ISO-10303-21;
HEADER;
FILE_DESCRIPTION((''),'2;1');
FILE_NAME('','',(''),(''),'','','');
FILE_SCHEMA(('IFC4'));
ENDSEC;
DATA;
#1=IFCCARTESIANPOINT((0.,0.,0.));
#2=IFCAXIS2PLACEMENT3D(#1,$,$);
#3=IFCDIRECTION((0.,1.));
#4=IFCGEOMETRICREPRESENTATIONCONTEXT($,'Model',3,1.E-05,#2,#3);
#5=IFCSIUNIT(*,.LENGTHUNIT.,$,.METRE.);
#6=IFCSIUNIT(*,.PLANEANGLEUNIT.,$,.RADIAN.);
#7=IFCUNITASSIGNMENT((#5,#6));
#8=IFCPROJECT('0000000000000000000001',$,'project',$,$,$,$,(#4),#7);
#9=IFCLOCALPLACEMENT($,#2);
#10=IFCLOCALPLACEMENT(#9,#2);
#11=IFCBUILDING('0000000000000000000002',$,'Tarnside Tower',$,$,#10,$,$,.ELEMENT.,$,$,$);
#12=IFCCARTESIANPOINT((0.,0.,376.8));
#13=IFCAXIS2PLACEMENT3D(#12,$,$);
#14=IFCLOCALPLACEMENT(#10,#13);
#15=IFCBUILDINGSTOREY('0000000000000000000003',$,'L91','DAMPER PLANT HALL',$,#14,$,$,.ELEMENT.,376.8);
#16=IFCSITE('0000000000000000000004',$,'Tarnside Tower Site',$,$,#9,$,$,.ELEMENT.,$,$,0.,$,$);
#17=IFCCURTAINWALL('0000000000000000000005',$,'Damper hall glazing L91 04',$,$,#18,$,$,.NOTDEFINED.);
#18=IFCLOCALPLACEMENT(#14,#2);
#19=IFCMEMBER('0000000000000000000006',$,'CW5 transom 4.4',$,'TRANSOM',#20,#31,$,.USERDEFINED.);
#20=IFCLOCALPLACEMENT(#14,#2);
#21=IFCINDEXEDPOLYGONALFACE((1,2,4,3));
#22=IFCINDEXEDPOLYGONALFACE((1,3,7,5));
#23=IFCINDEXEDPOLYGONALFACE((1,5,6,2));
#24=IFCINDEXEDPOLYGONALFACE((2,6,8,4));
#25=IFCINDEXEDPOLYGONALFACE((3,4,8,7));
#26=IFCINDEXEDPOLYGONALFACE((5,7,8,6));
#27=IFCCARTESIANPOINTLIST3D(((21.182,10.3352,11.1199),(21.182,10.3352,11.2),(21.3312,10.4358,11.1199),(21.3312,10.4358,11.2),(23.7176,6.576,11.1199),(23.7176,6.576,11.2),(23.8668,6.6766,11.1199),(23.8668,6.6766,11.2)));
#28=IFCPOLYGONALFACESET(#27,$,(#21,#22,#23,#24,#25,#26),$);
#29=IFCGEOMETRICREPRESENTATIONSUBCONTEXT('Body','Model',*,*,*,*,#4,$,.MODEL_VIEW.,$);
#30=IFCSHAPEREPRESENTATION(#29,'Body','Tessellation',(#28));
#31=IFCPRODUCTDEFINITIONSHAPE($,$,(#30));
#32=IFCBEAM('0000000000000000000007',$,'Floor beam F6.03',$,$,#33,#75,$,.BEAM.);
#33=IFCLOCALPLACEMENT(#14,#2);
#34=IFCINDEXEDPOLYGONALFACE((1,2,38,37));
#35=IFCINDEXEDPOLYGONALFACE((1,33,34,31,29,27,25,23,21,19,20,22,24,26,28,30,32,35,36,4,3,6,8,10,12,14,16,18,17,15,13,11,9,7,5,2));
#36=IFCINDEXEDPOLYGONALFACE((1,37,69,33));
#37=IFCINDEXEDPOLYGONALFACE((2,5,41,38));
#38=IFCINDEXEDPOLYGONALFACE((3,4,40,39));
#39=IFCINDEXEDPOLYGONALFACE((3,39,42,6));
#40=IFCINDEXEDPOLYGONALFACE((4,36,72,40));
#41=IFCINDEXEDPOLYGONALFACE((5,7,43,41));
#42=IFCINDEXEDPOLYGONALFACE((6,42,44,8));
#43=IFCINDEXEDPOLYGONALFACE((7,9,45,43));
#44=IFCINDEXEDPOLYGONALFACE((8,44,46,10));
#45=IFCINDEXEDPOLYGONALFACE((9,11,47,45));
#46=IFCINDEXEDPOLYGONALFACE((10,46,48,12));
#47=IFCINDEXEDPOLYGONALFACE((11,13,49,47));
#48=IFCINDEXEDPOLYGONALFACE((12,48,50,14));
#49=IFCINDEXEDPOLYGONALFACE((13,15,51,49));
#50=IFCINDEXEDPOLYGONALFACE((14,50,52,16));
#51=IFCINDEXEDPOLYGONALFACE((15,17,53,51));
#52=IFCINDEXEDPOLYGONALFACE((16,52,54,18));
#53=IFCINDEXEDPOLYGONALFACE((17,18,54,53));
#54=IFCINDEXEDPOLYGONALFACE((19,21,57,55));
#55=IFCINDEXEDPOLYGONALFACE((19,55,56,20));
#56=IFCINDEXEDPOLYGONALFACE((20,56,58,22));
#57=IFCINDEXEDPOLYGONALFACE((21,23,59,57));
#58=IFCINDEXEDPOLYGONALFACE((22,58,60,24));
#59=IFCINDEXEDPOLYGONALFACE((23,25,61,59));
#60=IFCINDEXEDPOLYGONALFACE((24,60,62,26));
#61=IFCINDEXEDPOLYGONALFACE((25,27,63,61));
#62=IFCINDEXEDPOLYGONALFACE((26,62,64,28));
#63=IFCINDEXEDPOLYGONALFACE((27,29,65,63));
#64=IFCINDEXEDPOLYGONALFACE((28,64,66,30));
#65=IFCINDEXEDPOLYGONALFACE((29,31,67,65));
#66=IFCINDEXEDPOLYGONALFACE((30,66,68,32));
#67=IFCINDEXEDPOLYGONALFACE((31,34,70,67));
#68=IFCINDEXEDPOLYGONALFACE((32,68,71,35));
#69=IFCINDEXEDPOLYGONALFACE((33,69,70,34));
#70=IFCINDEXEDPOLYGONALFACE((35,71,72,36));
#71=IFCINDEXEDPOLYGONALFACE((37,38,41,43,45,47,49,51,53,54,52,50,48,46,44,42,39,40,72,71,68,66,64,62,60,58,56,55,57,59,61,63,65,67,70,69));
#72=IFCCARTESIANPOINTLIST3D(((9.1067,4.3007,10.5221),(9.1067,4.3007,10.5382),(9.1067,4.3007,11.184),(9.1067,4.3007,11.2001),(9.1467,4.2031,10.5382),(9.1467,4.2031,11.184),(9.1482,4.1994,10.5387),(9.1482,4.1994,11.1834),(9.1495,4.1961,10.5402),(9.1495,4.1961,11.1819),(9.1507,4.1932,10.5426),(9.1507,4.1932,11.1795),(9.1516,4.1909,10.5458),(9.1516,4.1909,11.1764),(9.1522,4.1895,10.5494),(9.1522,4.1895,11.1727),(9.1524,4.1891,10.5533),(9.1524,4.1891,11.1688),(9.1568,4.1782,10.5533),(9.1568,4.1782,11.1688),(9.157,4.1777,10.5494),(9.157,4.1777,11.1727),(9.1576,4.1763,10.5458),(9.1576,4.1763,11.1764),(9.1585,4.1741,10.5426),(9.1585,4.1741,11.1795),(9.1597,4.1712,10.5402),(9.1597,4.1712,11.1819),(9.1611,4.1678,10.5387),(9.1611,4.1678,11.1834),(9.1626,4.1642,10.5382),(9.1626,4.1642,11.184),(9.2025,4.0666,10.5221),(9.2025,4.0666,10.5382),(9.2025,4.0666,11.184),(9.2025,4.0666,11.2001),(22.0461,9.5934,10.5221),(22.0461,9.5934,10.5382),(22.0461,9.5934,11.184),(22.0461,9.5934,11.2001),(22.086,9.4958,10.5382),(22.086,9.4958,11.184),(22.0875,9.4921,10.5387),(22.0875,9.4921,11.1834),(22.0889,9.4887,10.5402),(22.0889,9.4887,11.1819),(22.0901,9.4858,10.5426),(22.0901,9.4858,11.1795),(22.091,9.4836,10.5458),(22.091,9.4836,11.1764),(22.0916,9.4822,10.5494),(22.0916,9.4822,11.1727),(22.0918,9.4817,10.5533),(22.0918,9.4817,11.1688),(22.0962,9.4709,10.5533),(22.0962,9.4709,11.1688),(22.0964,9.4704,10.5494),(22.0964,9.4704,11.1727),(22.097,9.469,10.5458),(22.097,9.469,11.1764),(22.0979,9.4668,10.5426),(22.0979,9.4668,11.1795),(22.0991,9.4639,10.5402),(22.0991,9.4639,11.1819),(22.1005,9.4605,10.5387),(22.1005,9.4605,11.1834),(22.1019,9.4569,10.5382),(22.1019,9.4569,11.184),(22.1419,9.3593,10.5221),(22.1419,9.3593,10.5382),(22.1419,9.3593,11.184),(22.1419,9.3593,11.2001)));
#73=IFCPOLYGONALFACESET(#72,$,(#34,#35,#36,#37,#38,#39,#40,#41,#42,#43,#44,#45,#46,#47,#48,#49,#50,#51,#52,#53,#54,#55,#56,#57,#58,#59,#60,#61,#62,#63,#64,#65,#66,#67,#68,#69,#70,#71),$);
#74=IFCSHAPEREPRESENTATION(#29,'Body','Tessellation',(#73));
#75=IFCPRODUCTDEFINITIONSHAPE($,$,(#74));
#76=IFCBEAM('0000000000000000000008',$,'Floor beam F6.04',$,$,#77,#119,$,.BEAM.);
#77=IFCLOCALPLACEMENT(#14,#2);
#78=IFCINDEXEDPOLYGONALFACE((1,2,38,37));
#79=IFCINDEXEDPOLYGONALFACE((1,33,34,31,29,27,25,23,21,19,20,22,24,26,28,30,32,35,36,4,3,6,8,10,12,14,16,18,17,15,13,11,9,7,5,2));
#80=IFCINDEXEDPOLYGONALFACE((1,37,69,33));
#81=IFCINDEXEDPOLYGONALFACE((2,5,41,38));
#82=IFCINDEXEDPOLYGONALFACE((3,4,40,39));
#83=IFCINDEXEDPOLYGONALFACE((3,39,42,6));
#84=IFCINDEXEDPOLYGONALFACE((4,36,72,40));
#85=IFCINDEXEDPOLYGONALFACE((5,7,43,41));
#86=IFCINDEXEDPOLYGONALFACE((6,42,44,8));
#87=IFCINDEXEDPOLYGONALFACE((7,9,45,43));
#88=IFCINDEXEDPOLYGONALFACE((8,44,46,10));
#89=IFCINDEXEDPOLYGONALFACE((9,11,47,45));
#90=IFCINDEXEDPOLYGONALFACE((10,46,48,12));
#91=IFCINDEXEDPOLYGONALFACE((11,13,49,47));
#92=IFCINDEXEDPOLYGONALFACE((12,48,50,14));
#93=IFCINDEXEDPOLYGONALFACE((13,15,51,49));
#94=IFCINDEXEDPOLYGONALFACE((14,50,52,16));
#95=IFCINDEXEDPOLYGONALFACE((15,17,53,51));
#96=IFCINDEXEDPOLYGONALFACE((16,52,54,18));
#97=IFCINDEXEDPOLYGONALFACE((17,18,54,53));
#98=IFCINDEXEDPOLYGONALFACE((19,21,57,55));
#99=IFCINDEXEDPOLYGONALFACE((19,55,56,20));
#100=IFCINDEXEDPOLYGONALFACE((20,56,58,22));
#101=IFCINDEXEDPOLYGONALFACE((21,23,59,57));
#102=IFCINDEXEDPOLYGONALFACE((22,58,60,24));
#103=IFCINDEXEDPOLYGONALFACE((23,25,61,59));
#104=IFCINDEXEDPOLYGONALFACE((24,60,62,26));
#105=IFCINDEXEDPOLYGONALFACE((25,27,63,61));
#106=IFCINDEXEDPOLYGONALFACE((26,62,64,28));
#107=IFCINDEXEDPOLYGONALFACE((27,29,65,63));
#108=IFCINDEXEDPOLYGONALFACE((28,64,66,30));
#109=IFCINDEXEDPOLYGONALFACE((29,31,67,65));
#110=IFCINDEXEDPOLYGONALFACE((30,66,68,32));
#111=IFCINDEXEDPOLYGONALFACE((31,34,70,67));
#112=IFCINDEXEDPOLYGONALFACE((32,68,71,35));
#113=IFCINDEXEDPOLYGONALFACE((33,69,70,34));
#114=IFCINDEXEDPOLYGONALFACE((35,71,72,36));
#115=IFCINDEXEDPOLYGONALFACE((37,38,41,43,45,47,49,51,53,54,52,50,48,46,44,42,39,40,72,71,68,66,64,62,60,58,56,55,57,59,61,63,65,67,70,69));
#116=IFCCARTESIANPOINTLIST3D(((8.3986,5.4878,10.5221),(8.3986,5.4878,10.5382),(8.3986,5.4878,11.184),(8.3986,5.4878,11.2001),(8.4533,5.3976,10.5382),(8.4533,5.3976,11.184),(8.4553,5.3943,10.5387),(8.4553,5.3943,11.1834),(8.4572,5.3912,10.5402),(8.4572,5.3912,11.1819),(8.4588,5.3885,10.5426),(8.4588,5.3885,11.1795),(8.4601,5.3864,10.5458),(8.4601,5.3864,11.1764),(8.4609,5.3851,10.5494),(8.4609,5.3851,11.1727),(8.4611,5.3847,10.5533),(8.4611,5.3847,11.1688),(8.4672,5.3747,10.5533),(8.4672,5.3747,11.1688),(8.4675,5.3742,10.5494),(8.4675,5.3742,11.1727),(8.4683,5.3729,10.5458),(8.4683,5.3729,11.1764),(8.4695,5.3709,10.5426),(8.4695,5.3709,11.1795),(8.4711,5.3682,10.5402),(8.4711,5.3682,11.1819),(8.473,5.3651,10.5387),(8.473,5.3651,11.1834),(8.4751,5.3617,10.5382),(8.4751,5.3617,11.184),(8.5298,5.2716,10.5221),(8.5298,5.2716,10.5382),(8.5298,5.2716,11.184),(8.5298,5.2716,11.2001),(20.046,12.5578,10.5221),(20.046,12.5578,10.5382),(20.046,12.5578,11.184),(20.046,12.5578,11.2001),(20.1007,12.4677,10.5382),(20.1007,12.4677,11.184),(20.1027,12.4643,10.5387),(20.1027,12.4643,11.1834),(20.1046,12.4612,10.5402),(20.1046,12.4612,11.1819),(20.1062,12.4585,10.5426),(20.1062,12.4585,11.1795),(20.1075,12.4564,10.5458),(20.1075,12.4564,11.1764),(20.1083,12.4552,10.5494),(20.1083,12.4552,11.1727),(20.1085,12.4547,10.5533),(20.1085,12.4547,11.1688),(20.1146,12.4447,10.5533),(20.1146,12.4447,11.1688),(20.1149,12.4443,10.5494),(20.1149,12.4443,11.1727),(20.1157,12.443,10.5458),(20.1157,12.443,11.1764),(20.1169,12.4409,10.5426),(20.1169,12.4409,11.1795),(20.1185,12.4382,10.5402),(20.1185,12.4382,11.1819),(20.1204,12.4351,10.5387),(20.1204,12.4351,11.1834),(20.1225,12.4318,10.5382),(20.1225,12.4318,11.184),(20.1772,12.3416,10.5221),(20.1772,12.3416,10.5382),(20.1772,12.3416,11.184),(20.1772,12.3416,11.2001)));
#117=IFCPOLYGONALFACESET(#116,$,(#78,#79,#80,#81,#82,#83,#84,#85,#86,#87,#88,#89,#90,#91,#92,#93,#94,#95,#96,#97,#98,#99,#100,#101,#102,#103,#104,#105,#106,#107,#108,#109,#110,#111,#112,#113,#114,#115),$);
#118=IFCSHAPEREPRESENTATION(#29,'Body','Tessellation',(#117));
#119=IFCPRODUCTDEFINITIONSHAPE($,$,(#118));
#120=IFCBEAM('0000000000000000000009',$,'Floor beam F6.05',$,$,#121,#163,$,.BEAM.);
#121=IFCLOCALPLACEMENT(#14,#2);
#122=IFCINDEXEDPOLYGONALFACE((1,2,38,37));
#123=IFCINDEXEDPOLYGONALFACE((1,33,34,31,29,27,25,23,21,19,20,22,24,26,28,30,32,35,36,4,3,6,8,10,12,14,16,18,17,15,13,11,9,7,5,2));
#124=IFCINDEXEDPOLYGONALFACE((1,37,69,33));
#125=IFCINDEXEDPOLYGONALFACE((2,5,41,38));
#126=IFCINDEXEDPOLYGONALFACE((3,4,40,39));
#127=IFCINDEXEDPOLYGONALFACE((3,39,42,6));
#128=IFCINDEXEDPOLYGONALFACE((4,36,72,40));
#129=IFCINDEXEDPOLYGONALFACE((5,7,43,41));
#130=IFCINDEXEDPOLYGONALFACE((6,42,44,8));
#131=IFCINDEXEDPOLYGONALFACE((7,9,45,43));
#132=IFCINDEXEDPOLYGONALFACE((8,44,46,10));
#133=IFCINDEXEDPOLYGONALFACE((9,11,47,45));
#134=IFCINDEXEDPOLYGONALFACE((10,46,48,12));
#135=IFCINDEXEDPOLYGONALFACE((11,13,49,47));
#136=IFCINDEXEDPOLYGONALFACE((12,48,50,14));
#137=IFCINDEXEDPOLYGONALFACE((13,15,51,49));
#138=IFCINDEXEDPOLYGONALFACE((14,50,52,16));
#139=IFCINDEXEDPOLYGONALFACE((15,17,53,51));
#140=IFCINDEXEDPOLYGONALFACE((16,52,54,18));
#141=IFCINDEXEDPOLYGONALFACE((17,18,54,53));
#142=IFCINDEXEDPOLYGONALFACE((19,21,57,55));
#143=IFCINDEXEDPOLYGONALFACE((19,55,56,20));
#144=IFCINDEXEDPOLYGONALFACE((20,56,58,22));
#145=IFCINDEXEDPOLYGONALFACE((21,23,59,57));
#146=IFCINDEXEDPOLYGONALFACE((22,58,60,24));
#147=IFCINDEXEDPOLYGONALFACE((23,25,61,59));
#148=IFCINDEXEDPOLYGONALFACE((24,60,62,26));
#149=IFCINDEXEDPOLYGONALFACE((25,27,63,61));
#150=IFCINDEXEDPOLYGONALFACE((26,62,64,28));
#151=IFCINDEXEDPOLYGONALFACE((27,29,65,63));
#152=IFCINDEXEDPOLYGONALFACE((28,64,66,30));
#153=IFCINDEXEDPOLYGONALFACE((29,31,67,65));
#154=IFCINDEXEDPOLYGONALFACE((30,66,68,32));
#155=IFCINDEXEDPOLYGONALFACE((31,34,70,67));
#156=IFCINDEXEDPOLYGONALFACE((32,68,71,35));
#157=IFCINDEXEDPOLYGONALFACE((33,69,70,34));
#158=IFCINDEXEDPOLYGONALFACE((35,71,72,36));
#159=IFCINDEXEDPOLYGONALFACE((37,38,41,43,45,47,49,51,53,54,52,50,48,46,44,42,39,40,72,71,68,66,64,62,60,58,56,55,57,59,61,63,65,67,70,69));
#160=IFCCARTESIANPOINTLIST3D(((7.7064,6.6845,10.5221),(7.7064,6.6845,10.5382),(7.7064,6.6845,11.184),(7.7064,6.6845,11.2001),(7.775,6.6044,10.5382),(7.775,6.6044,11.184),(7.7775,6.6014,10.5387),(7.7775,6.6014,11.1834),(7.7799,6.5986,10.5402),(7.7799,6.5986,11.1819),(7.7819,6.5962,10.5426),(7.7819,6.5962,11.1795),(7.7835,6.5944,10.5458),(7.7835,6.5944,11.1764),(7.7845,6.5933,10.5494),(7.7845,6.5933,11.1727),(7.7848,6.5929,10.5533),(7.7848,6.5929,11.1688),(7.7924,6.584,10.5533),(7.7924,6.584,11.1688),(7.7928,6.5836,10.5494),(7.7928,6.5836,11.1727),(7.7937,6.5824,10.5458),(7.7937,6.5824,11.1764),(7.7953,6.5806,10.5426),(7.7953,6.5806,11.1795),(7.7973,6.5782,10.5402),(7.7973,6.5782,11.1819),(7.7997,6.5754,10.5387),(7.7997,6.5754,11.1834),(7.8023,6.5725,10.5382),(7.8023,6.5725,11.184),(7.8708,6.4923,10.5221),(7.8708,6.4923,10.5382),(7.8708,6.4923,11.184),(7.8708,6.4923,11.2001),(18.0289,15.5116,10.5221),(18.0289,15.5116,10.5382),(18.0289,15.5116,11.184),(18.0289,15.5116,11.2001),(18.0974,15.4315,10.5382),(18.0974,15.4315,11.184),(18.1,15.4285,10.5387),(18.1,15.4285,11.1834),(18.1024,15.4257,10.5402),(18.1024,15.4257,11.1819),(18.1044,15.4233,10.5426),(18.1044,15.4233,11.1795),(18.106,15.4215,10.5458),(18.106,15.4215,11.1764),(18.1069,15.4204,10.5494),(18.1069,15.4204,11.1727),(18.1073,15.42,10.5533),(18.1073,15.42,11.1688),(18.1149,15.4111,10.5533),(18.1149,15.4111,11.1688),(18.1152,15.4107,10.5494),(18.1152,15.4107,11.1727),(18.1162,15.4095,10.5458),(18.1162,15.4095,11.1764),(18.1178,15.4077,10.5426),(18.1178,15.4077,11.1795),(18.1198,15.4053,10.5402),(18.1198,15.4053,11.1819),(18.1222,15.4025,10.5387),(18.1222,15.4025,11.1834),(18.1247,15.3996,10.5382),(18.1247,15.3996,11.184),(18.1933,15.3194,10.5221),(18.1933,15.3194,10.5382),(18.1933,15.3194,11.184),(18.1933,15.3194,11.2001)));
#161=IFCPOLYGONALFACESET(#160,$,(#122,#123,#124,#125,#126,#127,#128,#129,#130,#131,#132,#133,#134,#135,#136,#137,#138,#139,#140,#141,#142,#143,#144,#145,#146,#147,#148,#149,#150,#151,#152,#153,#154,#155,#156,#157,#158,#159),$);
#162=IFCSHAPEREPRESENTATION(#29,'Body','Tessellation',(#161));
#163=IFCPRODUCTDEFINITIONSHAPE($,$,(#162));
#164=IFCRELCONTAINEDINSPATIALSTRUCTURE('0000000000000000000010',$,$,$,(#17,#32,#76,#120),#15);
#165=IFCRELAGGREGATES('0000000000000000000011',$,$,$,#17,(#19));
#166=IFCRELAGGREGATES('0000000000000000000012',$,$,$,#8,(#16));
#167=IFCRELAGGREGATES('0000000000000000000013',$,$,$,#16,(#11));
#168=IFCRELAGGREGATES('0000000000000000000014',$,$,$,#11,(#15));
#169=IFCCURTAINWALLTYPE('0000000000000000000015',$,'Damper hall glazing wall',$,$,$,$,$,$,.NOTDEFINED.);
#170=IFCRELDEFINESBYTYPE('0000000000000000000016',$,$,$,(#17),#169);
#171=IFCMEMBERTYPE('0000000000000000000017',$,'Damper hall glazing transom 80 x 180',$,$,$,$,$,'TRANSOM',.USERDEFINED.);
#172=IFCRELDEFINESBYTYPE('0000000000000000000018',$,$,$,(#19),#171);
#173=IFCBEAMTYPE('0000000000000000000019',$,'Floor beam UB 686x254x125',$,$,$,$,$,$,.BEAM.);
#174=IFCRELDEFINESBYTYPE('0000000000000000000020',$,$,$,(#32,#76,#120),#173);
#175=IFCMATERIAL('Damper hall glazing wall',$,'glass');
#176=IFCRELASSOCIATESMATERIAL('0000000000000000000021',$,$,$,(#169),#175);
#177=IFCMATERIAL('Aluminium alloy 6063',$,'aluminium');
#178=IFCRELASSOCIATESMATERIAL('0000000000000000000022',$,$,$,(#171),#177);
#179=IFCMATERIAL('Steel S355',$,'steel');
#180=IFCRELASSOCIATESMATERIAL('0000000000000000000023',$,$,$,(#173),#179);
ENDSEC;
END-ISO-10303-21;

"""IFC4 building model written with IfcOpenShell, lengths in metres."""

from ifc_helpers import new_model, si_unit, direction, frame, origin, origin_2d, place, context, subcontext, project, spatial, rectangle, i_section, extrude, material, material_profile, profile_set, type_object, element, aggregate, save


model = new_model("IFC4")

# Units and contexts
model_context = context("Model", 3, precision=1e-05, world=origin(), true_north=direction((0.0, 1.0)))
body_context = subcontext(model_context, "Body", "Model", "MODEL_VIEW")
ifc_project = project(units=[si_unit("LENGTHUNIT", "METRE"), si_unit("PLANEANGLEUNIT", "RADIAN")], contexts=[model_context])

# Site, building, storey
site_placement = place(None, origin())
site = spatial("IfcSite", under=ifc_project, at=site_placement, Name="Tarnside Tower Site", CompositionType="ELEMENT", RefElevation=0.0)
building_placement = place(site_placement, origin())
building = spatial("IfcBuilding", under=site, at=building_placement, Name="Tarnside Tower", CompositionType="ELEMENT")
storey_placement = place(building_placement, frame((0.0, 0.0, 376.8)))
storey = spatial("IfcBuildingStorey", under=building, at=storey_placement, Name="L91", Description="DAMPER PLANT HALL", CompositionType="ELEMENT", Elevation=376.8)

# Shared definitions
ifc_material_1 = material(Name="Steel S355", Category="steel")

# Curtain wall, member
ifc_material_2 = material(Name="Damper hall glazing wall", Category="glass")
curtain_wall_type = type_object("IfcCurtainWallType", Name="Damper hall glazing wall", PredefinedType="NOTDEFINED", material=ifc_material_2)
curtain_wall_placement = place(storey_placement, origin())
curtain_wall = element("IfcCurtainWall", 1, at=curtain_wall_placement, inside=storey, type_object=curtain_wall_type, Name="Damper hall glazing L91 04", PredefinedType="NOTDEFINED")
ifc_material_3 = material(Name="Aluminium alloy 6063", Category="aluminium")
ifc_material_profile_1 = material_profile(ifc_material_3, rectangle(XDim=0.1799, YDim=0.0801, at=origin_2d()), Name="Damper hall glazing transom 80 x 180")
ifc_profile_set_1 = profile_set([ifc_material_profile_1], Name="Aluminium alloy 6063")
member_type_1 = type_object("IfcMemberType", Name="Damper hall glazing transom 80 x 180", ElementType="TRANSOM", PredefinedType="USERDEFINED", material=ifc_profile_set_1)
member_1_placement = place(storey_placement, frame((21.2566, 10.3855, 11.1599), z_axis=(0.55919, -0.82904, 0.0), x_axis=(0.82904, 0.55919, 0.0)))
member_1 = element("IfcMember", 2, at=member_1_placement, type_object=member_type_1, Name="CW5 transom 4.4", ObjectType="TRANSOM", PredefinedType="USERDEFINED", context=body_context, shape_type="SweptSolid", body=[
    extrude(rectangle(XDim=0.1799, YDim=0.0801, at=origin_2d()), origin(), (0.0, 0.0, 1.0), 4.5344),
])

# Beams
ifc_material_profile_2 = material_profile(ifc_material_1, i_section(OverallWidth=0.2529, OverallDepth=0.678, WebThickness=0.0117, FlangeThickness=0.0161, FilletRadius=0.0151, at=origin_2d()), Name="UB 686x254x125")
ifc_profile_set_2 = profile_set([ifc_material_profile_2], Name="Steel S355")
beam_type_1 = type_object("IfcBeamType", Name="Floor beam UB 686x254x125", PredefinedType="BEAM", material=ifc_profile_set_2)
beam_1_placement = place(storey_placement, frame((22.094, 9.4763, 10.8611), z_axis=(-0.925564, -0.378591, 0.0), x_axis=(0.378591, -0.925564, 0.0)))
element("IfcBeam", 3, at=beam_1_placement, inside=storey, type_object=beam_type_1, Name="Floor beam F6.03", PredefinedType="BEAM", context=body_context, shape_type="SweptSolid", body=[
    extrude(i_section(OverallWidth=0.2529, OverallDepth=0.678, WebThickness=0.0117, FlangeThickness=0.0161, FilletRadius=0.0151, at=origin_2d()), origin(), (0.0, 0.0, 1.0), 13.98),
])
beam_2_placement = place(storey_placement, frame((20.1116, 12.4497, 10.8611), z_axis=(-0.85484, -0.518892, 0.0), x_axis=(0.518892, -0.85484, 0.0)))
element("IfcBeam", 4, at=beam_2_placement, inside=storey, type_object=beam_type_1, Name="Floor beam F6.04", PredefinedType="BEAM", context=body_context, shape_type="SweptSolid", body=[
    extrude(i_section(OverallWidth=0.2529, OverallDepth=0.678, WebThickness=0.0117, FlangeThickness=0.0161, FilletRadius=0.0151, at=origin_2d()), origin(), (0.0, 0.0, 1.0), 13.6252),
])
beam_3_placement = place(storey_placement, frame((18.1111, 15.4155, 10.8611), z_axis=(-0.76001, -0.649912, 0.0), x_axis=(0.649912, -0.76001, 0.0)))
element("IfcBeam", 5, at=beam_3_placement, inside=storey, type_object=beam_type_1, Name="Floor beam F6.05", PredefinedType="BEAM", context=body_context, shape_type="SweptSolid", body=[
    extrude(i_section(OverallWidth=0.2529, OverallDepth=0.678, WebThickness=0.0117, FlangeThickness=0.0161, FilletRadius=0.0151, at=origin_2d()), origin(), (0.0, 0.0, 1.0), 13.582),
])

aggregate(curtain_wall, [member_1])

save(model, "model.ifc")
